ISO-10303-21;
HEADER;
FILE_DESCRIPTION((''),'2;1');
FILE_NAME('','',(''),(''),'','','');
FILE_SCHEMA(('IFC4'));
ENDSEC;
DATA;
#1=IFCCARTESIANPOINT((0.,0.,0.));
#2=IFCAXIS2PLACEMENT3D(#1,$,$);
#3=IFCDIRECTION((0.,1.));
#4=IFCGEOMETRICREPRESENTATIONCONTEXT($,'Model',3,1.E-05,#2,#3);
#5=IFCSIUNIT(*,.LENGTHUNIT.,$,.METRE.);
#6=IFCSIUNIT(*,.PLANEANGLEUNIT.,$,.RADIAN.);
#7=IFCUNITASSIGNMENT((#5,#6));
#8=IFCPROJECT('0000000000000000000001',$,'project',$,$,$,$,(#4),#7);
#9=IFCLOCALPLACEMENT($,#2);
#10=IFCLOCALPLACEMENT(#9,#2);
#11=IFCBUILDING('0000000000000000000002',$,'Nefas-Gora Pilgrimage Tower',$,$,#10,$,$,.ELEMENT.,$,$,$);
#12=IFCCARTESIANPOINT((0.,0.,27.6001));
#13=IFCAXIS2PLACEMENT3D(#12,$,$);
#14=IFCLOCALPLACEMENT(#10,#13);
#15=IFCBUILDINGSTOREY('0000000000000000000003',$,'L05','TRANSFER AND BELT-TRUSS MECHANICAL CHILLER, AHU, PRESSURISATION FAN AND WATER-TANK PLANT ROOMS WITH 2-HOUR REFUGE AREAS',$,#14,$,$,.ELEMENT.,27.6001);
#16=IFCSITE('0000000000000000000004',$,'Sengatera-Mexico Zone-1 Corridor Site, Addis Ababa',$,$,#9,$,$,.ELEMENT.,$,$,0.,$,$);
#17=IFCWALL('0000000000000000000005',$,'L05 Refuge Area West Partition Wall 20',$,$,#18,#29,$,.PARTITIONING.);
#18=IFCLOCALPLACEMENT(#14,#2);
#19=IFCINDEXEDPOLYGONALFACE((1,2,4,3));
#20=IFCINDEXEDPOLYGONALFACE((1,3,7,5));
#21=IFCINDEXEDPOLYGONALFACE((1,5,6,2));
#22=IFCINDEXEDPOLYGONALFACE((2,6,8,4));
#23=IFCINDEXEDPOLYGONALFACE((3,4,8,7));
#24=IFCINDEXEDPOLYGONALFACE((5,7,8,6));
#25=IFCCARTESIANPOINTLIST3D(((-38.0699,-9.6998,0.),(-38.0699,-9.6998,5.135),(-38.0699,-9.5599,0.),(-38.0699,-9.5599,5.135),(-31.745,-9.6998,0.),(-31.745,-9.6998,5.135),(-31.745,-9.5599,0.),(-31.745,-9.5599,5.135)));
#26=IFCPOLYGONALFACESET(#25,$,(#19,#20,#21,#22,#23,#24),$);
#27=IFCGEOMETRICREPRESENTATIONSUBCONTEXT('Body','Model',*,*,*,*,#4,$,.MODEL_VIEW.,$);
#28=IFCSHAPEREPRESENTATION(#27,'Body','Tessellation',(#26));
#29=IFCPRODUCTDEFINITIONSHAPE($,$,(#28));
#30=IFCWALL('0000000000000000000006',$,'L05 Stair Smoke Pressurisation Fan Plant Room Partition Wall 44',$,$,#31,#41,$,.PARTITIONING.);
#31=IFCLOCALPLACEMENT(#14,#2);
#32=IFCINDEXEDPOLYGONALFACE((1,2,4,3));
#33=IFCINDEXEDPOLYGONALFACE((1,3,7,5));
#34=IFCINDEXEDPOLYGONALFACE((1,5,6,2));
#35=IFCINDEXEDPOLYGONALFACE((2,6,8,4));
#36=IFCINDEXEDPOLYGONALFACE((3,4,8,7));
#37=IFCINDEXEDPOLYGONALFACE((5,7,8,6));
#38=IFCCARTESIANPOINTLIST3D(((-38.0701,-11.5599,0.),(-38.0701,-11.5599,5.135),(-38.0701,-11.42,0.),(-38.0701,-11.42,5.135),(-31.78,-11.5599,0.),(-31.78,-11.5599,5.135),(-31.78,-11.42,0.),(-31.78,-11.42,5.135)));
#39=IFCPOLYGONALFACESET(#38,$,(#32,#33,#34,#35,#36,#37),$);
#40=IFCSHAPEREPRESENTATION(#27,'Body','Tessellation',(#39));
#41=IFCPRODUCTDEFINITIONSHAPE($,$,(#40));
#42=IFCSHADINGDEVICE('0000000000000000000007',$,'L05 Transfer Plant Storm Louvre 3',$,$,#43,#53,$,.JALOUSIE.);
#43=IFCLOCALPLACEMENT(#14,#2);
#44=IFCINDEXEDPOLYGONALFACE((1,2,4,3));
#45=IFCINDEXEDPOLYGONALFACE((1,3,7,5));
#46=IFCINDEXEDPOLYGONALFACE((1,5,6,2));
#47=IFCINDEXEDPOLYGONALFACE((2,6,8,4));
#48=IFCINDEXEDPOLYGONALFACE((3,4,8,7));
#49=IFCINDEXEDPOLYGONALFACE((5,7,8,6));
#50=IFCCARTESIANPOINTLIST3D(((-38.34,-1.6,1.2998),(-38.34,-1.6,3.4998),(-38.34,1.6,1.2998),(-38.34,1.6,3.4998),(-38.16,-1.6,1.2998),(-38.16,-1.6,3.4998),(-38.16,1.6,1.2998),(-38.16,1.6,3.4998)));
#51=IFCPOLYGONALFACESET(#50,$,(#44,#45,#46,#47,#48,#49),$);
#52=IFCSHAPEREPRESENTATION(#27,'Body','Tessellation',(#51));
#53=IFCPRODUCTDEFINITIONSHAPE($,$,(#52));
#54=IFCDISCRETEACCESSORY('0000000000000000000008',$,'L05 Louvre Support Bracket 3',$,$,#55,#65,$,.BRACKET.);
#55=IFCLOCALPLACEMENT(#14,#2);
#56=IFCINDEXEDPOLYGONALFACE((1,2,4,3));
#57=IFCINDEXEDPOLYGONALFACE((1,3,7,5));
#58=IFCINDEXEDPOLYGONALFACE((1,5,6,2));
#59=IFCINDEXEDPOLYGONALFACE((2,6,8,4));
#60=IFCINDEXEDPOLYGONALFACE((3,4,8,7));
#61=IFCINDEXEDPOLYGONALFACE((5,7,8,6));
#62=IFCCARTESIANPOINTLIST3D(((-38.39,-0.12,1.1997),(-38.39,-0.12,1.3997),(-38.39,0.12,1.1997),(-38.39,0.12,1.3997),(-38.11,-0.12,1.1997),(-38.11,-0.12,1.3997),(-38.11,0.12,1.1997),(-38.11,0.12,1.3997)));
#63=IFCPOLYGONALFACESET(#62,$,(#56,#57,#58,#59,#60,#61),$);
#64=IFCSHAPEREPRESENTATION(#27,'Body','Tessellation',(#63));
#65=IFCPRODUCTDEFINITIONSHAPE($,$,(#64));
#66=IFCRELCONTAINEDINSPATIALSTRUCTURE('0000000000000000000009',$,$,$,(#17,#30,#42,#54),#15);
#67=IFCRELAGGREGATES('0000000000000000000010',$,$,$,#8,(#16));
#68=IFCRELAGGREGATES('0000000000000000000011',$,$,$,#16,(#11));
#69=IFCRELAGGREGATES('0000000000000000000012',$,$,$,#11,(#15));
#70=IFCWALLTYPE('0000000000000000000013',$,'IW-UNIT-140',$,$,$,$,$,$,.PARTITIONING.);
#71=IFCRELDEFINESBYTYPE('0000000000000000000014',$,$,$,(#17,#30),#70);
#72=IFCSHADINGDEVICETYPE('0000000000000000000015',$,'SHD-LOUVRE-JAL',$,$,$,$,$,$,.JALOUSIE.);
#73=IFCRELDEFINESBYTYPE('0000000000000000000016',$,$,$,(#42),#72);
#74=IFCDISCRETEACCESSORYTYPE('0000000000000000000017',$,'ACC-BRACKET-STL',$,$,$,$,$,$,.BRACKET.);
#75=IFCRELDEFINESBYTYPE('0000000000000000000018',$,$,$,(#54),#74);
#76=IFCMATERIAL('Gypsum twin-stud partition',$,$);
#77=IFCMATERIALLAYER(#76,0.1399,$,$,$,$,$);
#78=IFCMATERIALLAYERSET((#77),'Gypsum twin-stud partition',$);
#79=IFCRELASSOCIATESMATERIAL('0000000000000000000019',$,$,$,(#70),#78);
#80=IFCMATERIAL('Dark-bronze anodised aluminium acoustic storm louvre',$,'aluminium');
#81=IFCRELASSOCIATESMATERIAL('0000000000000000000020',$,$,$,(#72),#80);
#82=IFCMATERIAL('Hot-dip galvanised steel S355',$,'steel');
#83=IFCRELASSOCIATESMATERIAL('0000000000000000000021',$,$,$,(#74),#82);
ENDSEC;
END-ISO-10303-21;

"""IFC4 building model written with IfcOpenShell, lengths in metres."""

from ifc_helpers import new_model, si_unit, direction, frame, frame_2d, origin, origin_2d, place, context, subcontext, project, spatial, rectangle, extrude, source, transform, mapped, material, layer, layer_set, type_object, element, save


model = new_model("IFC4")

# Units and contexts
model_context = context("Model", 3, precision=1e-05, world=origin(), true_north=direction((0.0, 1.0)))
body_context = subcontext(model_context, "Body", "Model", "MODEL_VIEW")
ifc_project = project(units=[si_unit("LENGTHUNIT", "METRE"), si_unit("PLANEANGLEUNIT", "RADIAN")], contexts=[model_context])

# Site, building, storey
site_placement = place(None, origin())
site = spatial("IfcSite", under=ifc_project, at=site_placement, Name="Sengatera-Mexico Zone-1 Corridor Site, Addis Ababa", CompositionType="ELEMENT", RefElevation=0.0)
building_placement = place(site_placement, origin())
building = spatial("IfcBuilding", under=site, at=building_placement, Name="Nefas-Gora Pilgrimage Tower", CompositionType="ELEMENT")
storey_placement = place(building_placement, frame((0.0, 0.0, 27.6001)))
storey = spatial("IfcBuildingStorey", under=building, at=storey_placement, Name="L05", Description="TRANSFER AND BELT-TRUSS MECHANICAL CHILLER, AHU, PRESSURISATION FAN AND WATER-TANK PLANT ROOMS WITH 2-HOUR REFUGE AREAS", CompositionType="ELEMENT", Elevation=27.6001)

# Walls
ifc_material_1 = material(Name="Gypsum twin-stud partition")
ifc_layer_1 = layer(ifc_material_1, 0.1399)
ifc_layer_set_1 = layer_set([ifc_layer_1], Name="Gypsum twin-stud partition")
wall_type = type_object("IfcWallType", Name="IW-UNIT-140", PredefinedType="PARTITIONING", material=ifc_layer_set_1)
shared_shape_1 = source(origin(), body_context, "Body", "SweptSolid", [
    extrude(rectangle(XDim=6.325, YDim=0.1399, at=frame_2d((3.1626, 0.0))), origin(), (0.0, 0.0, 1.0), 5.135),
])
wall_1_placement = place(storey_placement, frame((-38.0701, -9.6299, 0.0), z_axis=(0.0, 0.0, 1.0), x_axis=(1.0, 0.0, 0.0)))
element("IfcWall", 1, at=wall_1_placement, inside=storey, type_object=wall_type, Name="L05 Refuge Area West Partition Wall 20", PredefinedType="PARTITIONING", context=body_context, shape_type="MappedRepresentation", body=[
    mapped(shared_shape_1, transform((0.0, 0.0, 0.0), x_axis=(1.0, 0.0, 0.0), y_axis=(0.0, 1.0, 0.0), z_axis=(0.0, 0.0, 1.0), scale=1.0)),
])
shared_shape_2 = source(origin(), body_context, "Body", "SweptSolid", [
    extrude(rectangle(XDim=6.29, YDim=0.1399, at=frame_2d((3.145, 0.0))), origin(), (0.0, 0.0, 1.0), 5.135),
])
wall_2_placement = place(storey_placement, frame((-38.0701, -11.49, 0.0), z_axis=(0.0, 0.0, 1.0), x_axis=(1.0, 0.0, 0.0)))
element("IfcWall", 2, at=wall_2_placement, inside=storey, type_object=wall_type, Name="L05 Stair Smoke Pressurisation Fan Plant Room Partition Wall 44", PredefinedType="PARTITIONING", context=body_context, shape_type="MappedRepresentation", body=[
    mapped(shared_shape_2, transform((0.0, 0.0, 0.0), x_axis=(1.0, 0.0, 0.0), y_axis=(0.0, 1.0, 0.0), z_axis=(0.0, 0.0, 1.0), scale=1.0)),
])

# Shading device
ifc_material_2 = material(Name="Dark-bronze anodised aluminium acoustic storm louvre", Category="aluminium")
shading_device_type = type_object("IfcShadingDeviceType", Name="SHD-LOUVRE-JAL", PredefinedType="JALOUSIE", material=ifc_material_2)
shared_shape_3 = source(origin(), body_context, "Body", "SweptSolid", [
    extrude(rectangle(XDim=3.2, YDim=0.1799, at=origin_2d()), origin(), (0.0, 0.0, 1.0), 2.2),
])
shading_device_placement = place(storey_placement, frame((-38.25, 0.0, 1.2998), z_axis=(0.0, 0.0, 1.0), x_axis=(0.0, -1.0, 0.0)))
element("IfcShadingDevice", 3, at=shading_device_placement, inside=storey, type_object=shading_device_type, Name="L05 Transfer Plant Storm Louvre 3", PredefinedType="JALOUSIE", context=body_context, shape_type="MappedRepresentation", body=[
    mapped(shared_shape_3, transform((0.0, 0.0, 0.0), x_axis=(1.0, 0.0, 0.0), y_axis=(0.0, 1.0, 0.0), z_axis=(0.0, 0.0, 1.0), scale=1.0)),
])

# Discrete accessory
ifc_material_3 = material(Name="Hot-dip galvanised steel S355", Category="steel")
discrete_accessory_type = type_object("IfcDiscreteAccessoryType", Name="ACC-BRACKET-STL", PredefinedType="BRACKET", material=ifc_material_3)
shared_shape_4 = source(origin(), body_context, "Body", "SweptSolid", [
    extrude(rectangle(XDim=0.24, YDim=0.28, at=origin_2d()), origin(), (0.0, 0.0, 1.0), 0.2),
])
discrete_accessory_placement = place(storey_placement, frame((-38.25, 0.0, 1.1997), z_axis=(0.0, 0.0, 1.0), x_axis=(0.0, -1.0, 0.0)))
element("IfcDiscreteAccessory", 4, at=discrete_accessory_placement, inside=storey, type_object=discrete_accessory_type, Name="L05 Louvre Support Bracket 3", PredefinedType="BRACKET", context=body_context, shape_type="MappedRepresentation", body=[
    mapped(shared_shape_4, transform((0.0, 0.0, 0.0), x_axis=(1.0, 0.0, 0.0), y_axis=(0.0, 1.0, 0.0), z_axis=(0.0, 0.0, 1.0), scale=1.0)),
])

save(model, "model.ifc")
